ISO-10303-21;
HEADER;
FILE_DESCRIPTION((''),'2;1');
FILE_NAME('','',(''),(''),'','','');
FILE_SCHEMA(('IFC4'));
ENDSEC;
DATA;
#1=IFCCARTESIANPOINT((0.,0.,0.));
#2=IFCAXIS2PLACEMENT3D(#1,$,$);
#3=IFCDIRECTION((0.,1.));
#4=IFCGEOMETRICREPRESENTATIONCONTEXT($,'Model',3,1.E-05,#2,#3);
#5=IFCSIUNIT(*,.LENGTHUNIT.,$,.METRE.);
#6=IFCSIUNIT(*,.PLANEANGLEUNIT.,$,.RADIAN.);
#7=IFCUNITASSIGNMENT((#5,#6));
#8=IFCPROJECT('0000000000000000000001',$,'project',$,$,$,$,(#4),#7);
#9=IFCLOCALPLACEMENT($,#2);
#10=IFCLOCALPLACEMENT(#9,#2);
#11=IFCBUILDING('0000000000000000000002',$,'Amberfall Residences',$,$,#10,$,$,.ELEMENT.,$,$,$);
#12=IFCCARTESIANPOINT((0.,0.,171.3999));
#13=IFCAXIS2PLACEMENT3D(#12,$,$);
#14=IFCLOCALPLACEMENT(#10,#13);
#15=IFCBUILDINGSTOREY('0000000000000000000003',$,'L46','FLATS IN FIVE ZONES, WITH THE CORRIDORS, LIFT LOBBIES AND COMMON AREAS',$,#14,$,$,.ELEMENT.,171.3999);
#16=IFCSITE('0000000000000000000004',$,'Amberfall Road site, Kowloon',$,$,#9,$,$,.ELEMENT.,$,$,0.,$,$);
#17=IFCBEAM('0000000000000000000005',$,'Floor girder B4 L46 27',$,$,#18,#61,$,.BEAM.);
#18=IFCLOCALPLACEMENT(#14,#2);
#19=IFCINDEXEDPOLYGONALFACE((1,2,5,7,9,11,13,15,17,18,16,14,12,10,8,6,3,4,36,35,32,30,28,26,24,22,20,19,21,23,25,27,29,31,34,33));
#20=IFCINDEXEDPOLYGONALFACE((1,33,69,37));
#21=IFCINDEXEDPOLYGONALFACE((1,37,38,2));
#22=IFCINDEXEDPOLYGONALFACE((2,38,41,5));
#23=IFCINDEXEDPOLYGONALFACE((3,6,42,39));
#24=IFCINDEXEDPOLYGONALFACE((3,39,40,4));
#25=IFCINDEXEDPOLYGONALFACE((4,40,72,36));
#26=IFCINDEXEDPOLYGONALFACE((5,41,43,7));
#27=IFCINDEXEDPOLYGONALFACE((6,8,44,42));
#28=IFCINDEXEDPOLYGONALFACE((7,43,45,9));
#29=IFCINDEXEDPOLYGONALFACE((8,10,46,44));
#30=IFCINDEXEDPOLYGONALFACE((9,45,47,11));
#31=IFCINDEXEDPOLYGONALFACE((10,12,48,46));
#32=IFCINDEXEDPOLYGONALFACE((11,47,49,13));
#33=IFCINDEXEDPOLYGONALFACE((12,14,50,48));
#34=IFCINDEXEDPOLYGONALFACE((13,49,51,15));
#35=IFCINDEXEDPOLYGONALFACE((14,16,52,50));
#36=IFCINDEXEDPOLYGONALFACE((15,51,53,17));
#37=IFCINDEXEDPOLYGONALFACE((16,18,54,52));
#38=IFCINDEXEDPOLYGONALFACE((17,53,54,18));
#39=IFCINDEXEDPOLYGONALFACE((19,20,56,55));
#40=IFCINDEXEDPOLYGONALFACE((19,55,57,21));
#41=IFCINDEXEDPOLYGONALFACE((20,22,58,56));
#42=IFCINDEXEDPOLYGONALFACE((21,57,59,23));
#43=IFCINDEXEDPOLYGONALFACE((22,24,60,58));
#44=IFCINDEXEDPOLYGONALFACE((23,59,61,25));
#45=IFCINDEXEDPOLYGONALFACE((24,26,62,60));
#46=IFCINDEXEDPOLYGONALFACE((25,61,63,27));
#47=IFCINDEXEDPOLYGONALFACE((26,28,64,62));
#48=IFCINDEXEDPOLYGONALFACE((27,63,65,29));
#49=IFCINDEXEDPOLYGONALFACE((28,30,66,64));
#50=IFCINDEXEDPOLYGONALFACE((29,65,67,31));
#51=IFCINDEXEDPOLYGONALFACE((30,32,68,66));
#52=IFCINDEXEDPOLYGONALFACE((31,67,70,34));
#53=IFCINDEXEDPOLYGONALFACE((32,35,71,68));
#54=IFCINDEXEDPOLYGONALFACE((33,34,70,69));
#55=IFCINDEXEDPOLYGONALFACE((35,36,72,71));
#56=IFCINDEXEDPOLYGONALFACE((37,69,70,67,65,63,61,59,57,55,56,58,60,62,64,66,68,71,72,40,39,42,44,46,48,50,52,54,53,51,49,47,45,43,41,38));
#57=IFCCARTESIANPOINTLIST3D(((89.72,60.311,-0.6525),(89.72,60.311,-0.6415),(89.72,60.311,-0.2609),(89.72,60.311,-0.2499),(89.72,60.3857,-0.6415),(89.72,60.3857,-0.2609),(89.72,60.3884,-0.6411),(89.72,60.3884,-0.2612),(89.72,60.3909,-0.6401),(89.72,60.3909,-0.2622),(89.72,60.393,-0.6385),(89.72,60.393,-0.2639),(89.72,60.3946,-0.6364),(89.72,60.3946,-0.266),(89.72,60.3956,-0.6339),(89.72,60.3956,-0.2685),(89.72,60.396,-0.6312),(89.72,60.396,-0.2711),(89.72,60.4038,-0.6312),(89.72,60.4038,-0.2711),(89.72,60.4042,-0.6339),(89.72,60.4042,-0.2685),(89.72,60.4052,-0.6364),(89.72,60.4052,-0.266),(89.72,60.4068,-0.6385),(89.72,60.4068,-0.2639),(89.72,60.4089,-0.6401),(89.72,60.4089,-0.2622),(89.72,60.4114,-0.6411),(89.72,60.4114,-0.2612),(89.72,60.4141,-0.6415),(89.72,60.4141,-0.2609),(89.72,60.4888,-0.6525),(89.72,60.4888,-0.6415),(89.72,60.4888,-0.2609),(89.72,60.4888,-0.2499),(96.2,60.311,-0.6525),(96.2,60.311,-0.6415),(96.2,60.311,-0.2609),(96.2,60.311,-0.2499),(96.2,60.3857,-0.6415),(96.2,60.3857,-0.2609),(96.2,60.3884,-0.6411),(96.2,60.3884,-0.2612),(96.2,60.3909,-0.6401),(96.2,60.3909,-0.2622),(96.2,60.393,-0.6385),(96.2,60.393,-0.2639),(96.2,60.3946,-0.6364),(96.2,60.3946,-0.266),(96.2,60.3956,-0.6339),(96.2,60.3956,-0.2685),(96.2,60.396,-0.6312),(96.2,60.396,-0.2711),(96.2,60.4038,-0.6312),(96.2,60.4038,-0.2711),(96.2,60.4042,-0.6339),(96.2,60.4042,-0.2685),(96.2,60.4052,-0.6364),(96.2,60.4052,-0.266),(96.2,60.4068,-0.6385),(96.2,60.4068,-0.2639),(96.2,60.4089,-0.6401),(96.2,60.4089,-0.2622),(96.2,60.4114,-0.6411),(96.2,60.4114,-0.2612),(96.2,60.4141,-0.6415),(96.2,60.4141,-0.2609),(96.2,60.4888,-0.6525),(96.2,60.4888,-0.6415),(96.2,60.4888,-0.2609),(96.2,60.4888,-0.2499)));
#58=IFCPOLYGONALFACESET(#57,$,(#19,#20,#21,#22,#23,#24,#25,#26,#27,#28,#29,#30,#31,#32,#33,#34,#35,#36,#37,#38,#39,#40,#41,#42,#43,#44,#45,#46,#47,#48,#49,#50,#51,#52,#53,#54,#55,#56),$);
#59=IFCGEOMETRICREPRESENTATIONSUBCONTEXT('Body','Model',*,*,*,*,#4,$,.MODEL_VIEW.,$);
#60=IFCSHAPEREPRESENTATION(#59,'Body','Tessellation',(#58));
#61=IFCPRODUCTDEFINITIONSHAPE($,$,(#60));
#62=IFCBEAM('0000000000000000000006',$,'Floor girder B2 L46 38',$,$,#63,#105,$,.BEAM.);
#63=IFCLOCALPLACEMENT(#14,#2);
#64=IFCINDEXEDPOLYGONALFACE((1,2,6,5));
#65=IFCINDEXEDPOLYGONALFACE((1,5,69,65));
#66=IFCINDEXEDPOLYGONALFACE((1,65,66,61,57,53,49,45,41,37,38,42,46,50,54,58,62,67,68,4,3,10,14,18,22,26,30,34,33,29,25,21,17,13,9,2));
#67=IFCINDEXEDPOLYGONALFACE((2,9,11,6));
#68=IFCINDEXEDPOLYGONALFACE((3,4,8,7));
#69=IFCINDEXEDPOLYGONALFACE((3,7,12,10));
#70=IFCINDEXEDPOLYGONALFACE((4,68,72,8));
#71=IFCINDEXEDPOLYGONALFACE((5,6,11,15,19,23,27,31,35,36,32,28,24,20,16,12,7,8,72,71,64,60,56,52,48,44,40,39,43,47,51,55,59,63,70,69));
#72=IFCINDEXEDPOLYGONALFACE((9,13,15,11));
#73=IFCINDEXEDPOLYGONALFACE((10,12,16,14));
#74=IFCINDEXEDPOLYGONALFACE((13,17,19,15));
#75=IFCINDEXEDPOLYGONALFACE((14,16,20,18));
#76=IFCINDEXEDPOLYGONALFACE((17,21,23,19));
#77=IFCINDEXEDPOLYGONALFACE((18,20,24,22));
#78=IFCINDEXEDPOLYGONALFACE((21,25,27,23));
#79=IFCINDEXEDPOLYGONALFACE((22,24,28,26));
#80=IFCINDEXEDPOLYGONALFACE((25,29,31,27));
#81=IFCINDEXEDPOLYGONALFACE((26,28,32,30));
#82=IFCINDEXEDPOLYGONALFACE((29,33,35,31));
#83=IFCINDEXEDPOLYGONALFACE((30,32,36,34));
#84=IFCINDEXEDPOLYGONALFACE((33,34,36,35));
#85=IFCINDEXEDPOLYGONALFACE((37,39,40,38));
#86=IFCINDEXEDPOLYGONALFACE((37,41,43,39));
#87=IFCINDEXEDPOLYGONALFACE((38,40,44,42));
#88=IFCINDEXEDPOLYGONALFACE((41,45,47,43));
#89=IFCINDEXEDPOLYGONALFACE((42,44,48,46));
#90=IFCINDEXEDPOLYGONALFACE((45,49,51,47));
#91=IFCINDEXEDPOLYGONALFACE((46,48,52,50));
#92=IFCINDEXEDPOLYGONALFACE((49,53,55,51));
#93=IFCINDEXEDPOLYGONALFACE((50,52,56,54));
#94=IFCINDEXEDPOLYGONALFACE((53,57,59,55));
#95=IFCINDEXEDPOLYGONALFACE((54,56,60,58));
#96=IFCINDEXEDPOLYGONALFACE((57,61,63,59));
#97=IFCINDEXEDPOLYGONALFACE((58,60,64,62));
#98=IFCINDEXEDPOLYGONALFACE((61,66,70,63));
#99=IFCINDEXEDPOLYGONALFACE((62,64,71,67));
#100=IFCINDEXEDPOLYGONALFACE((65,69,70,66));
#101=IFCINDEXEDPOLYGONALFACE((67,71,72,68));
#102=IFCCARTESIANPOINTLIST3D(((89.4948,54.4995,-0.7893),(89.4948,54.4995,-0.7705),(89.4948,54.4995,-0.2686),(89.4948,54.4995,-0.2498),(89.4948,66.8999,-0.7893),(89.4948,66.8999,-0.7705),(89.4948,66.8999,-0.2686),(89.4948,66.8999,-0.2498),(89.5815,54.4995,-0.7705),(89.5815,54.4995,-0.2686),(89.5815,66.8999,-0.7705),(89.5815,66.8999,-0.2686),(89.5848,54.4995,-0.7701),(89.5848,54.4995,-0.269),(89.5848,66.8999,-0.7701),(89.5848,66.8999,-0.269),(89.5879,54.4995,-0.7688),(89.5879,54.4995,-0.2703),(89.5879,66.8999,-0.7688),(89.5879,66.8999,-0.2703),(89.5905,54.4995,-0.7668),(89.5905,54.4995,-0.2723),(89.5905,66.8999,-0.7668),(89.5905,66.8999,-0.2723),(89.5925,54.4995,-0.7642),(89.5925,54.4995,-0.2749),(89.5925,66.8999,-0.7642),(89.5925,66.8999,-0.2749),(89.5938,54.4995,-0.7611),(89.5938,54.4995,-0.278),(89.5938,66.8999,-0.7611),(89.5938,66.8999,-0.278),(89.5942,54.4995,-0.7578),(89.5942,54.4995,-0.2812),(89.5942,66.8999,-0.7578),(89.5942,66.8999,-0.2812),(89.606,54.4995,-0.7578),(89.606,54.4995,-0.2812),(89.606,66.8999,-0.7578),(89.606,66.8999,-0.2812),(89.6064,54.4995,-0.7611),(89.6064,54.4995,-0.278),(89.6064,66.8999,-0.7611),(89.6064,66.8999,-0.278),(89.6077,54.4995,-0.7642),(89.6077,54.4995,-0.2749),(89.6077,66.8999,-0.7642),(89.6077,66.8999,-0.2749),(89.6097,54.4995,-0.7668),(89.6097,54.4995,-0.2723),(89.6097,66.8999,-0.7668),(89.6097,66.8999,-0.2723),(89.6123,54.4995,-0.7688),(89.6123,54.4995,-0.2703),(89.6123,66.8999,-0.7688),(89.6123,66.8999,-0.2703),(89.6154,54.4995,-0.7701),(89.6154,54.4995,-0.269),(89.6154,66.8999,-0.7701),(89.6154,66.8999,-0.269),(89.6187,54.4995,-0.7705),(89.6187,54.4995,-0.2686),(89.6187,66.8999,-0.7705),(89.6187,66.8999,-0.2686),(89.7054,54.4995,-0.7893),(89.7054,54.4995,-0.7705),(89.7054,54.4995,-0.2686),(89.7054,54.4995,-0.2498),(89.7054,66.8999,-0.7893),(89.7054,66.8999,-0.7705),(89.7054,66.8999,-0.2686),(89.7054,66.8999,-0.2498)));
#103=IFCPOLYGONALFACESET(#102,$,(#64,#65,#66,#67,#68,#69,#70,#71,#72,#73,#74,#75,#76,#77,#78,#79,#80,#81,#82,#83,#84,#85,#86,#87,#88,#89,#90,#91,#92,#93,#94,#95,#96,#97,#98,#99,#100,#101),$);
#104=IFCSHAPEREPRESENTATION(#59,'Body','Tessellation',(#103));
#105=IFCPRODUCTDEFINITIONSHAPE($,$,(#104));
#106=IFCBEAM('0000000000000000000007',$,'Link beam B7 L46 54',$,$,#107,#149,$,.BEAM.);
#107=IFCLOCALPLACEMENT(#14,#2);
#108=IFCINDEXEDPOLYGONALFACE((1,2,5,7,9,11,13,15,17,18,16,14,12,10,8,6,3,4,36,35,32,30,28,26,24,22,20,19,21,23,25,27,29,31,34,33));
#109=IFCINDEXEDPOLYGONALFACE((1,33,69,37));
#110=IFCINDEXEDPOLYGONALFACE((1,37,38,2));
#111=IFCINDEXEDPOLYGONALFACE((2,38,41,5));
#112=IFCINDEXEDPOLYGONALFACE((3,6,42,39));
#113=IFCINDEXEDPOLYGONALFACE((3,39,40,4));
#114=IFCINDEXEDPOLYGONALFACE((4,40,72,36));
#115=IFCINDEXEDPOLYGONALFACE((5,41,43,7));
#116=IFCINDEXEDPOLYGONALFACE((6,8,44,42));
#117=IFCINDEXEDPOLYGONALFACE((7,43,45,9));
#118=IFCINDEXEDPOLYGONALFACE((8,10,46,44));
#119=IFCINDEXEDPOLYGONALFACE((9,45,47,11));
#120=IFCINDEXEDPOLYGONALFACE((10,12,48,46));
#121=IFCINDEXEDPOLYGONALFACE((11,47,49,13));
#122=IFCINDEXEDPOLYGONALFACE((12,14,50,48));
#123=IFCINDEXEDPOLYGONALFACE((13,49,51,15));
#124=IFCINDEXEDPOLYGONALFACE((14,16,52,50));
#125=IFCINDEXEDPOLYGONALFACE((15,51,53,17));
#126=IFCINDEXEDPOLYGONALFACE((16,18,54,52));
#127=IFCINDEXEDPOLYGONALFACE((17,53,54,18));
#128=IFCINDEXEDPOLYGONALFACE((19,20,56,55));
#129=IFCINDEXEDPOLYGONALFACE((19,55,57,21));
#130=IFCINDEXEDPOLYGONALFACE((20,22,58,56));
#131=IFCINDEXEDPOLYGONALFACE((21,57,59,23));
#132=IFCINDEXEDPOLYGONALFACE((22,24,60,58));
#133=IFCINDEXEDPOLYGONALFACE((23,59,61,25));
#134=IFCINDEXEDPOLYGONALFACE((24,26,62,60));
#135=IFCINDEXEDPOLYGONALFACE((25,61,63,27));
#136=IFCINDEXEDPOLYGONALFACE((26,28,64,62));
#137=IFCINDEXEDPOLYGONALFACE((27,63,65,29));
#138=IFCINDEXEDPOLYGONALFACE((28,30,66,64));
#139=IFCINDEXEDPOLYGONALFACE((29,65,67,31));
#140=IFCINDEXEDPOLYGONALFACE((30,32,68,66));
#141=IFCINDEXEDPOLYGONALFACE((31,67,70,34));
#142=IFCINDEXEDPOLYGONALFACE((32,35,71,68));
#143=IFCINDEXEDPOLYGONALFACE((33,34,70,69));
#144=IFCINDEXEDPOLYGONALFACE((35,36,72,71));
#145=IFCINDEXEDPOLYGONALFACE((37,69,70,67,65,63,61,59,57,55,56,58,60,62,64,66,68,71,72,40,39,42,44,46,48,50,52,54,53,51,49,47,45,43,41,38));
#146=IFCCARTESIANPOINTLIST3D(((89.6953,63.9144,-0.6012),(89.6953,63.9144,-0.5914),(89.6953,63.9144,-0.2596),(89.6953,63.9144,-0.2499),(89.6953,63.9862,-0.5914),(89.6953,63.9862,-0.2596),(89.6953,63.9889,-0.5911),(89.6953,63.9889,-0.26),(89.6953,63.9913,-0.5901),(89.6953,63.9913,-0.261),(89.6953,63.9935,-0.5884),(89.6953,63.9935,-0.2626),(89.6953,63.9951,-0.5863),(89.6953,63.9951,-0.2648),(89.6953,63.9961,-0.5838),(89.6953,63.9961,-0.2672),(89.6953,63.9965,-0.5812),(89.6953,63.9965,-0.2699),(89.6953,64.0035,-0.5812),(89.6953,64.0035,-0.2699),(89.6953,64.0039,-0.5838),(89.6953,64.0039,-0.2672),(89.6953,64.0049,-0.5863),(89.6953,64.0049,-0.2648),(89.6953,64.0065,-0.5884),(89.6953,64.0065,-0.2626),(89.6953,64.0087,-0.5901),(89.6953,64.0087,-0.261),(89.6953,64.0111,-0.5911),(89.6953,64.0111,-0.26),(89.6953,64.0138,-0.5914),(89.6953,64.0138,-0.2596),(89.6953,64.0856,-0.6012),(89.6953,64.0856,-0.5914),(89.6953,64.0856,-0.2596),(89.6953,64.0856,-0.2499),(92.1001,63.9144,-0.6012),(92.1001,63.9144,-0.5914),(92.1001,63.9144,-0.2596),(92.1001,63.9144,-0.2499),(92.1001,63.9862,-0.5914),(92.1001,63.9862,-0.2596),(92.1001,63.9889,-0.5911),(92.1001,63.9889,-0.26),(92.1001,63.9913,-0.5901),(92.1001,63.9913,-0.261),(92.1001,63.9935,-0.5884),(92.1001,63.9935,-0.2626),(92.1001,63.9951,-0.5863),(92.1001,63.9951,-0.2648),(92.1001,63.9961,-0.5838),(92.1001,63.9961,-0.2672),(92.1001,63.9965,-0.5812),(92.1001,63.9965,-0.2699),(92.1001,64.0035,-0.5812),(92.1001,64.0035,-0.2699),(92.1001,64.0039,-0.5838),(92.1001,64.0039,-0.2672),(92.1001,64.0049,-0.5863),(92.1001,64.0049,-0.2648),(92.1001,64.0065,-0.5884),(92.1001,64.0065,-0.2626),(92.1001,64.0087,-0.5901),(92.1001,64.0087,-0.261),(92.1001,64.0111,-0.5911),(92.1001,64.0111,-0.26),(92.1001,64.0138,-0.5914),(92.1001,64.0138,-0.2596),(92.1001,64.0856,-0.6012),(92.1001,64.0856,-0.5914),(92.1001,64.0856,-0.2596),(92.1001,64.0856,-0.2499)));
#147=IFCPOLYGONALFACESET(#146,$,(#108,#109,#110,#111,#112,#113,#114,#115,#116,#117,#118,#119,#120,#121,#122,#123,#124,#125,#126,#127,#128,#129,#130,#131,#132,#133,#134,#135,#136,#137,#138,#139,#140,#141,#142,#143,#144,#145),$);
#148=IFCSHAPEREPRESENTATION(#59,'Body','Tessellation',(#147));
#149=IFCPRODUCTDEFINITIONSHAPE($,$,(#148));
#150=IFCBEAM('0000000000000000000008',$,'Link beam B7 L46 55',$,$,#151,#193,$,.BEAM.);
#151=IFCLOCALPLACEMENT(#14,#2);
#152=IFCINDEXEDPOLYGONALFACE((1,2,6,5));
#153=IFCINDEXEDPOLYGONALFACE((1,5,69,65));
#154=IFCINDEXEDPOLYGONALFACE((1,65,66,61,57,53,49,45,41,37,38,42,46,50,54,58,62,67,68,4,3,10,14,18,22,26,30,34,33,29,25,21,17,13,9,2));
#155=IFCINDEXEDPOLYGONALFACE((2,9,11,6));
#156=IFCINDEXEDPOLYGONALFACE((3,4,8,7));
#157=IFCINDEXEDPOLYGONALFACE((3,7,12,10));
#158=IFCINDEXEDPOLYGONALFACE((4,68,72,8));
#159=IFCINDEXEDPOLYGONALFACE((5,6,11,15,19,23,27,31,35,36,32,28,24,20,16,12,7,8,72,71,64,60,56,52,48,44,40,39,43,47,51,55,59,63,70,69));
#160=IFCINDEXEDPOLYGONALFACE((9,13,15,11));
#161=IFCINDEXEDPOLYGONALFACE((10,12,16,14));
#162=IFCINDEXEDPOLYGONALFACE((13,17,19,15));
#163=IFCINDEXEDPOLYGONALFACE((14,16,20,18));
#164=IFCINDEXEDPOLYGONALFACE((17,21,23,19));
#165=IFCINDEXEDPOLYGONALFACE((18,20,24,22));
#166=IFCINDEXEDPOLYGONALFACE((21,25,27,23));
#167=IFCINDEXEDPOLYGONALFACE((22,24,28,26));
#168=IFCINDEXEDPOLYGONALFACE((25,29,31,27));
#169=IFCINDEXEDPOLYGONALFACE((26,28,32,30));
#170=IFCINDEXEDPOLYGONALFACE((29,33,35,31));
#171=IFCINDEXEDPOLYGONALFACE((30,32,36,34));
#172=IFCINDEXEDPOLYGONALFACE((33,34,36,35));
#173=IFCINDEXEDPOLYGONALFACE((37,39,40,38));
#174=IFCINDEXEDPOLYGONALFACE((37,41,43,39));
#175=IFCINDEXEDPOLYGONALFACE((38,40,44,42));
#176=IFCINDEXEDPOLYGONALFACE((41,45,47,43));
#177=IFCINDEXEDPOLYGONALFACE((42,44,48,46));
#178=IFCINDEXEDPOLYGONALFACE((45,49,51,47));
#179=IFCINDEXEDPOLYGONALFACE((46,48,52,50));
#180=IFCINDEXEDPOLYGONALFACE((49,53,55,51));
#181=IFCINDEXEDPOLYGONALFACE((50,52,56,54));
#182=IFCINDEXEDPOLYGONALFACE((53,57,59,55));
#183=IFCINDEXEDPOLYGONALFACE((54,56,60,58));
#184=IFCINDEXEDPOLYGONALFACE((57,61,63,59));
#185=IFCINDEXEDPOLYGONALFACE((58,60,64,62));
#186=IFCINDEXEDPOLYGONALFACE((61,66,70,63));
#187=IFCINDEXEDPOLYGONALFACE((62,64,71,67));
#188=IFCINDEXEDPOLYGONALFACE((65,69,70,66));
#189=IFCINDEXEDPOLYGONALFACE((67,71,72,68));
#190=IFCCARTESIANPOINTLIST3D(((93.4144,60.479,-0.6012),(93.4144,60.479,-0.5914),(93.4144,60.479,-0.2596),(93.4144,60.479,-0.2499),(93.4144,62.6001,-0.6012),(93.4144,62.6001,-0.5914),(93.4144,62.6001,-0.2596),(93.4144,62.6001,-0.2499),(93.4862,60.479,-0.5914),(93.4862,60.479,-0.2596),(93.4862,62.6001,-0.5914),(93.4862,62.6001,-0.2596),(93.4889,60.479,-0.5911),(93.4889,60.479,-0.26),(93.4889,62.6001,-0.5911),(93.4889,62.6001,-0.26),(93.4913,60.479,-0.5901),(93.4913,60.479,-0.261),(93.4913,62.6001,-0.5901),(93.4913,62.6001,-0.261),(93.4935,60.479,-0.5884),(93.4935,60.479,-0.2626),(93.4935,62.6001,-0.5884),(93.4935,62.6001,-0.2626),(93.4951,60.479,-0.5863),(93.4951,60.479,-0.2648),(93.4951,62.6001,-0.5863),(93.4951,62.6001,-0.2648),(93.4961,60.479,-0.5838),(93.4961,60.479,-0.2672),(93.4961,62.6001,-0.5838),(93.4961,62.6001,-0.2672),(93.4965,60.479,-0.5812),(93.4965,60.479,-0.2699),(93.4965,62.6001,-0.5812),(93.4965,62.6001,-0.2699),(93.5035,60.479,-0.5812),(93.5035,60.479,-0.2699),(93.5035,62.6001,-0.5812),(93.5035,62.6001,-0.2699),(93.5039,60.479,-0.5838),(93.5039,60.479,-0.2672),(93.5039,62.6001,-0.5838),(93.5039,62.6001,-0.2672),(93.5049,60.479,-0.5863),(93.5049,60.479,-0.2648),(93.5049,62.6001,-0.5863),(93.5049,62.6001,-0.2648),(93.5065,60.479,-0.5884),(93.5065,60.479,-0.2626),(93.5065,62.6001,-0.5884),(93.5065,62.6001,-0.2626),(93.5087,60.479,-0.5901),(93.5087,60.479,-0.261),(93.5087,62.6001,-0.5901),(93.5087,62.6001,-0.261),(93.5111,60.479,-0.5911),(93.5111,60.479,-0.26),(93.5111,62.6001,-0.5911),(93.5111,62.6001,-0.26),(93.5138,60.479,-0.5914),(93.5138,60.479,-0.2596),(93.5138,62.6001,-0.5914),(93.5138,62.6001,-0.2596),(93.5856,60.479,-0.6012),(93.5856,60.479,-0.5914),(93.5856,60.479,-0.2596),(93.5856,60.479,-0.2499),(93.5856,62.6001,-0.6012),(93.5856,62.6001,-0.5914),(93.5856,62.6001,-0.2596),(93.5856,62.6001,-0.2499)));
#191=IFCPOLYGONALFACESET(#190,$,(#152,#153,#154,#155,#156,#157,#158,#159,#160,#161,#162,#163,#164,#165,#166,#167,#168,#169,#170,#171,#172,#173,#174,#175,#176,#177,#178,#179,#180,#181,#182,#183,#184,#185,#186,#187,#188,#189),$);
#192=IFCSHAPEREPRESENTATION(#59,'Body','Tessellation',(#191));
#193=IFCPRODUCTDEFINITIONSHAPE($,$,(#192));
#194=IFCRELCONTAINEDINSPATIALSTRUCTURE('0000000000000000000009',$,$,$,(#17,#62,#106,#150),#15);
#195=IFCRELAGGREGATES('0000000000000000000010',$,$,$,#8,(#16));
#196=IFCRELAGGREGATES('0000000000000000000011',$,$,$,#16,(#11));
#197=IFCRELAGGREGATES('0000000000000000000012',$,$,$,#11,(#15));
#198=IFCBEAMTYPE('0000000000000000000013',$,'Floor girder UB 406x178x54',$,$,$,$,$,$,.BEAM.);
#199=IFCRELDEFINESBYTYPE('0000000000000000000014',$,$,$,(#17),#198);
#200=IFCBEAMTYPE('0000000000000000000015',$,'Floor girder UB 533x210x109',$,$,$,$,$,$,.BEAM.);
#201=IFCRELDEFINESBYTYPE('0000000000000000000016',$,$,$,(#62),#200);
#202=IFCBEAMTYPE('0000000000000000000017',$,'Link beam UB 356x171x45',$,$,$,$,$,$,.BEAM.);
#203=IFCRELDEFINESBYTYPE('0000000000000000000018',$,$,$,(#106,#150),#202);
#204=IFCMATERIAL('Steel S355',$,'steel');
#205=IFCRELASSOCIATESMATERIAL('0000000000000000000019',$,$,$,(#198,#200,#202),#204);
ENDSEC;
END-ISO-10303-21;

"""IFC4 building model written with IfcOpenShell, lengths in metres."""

from ifc_helpers import new_model, si_unit, direction, frame, origin, origin_2d, place, context, subcontext, project, spatial, i_section, extrude, material, material_profile, profile_set, type_object, element, save


model = new_model("IFC4")

# Units and contexts
model_context = context("Model", 3, precision=1e-05, world=origin(), true_north=direction((0.0, 1.0)))
body_context = subcontext(model_context, "Body", "Model", "MODEL_VIEW")
ifc_project = project(units=[si_unit("LENGTHUNIT", "METRE"), si_unit("PLANEANGLEUNIT", "RADIAN")], contexts=[model_context])

# Site, building, storey
site_placement = place(None, origin())
site = spatial("IfcSite", under=ifc_project, at=site_placement, Name="Amberfall Road site, Kowloon", CompositionType="ELEMENT", RefElevation=0.0)
building_placement = place(site_placement, origin())
building = spatial("IfcBuilding", under=site, at=building_placement, Name="Amberfall Residences", CompositionType="ELEMENT")
storey_placement = place(building_placement, frame((0.0, 0.0, 171.3999)))
storey = spatial("IfcBuildingStorey", under=building, at=storey_placement, Name="L46", Description="FLATS IN FIVE ZONES, WITH THE CORRIDORS, LIFT LOBBIES AND COMMON AREAS", CompositionType="ELEMENT", Elevation=171.3999)

# Shared definitions
ifc_material_1 = material(Name="Steel S355", Category="steel")

# Beams
ifc_material_profile_1 = material_profile(ifc_material_1, i_section(OverallWidth=0.1777, OverallDepth=0.4026, WebThickness=0.0078, FlangeThickness=0.011, FilletRadius=0.0103, at=origin_2d()), Name="UB 406x178x54")
ifc_profile_set_1 = profile_set([ifc_material_profile_1], Name="Steel S355")
beam_type_1 = type_object("IfcBeamType", Name="Floor girder UB 406x178x54", PredefinedType="BEAM", material=ifc_profile_set_1)
beam_1_placement = place(storey_placement, frame((96.2, 60.3999, -0.4512), z_axis=(-1.0, 0.0, 0.0), x_axis=(0.0, -1.0, 0.0)))
element("IfcBeam", 1, at=beam_1_placement, inside=storey, type_object=beam_type_1, Name="Floor girder B4 L46 27", PredefinedType="BEAM", context=body_context, shape_type="SweptSolid", body=[
    extrude(i_section(OverallWidth=0.1777, OverallDepth=0.4026, WebThickness=0.0078, FlangeThickness=0.011, FilletRadius=0.0103, at=origin_2d()), origin(), (0.0, 0.0, 1.0), 6.48),
])
ifc_material_profile_2 = material_profile(ifc_material_1, i_section(OverallWidth=0.2107, OverallDepth=0.5396, WebThickness=0.0117, FlangeThickness=0.0188, FilletRadius=0.0127, at=origin_2d()), Name="UB 533x210x109")
ifc_profile_set_2 = profile_set([ifc_material_profile_2], Name="Steel S355")
beam_type_2 = type_object("IfcBeamType", Name="Floor girder UB 533x210x109", PredefinedType="BEAM", material=ifc_profile_set_2)
beam_2_placement = place(storey_placement, frame((89.6001, 66.8999, -0.5195), z_axis=(0.0, -1.0, 0.0), x_axis=(1.0, 0.0, 0.0)))
element("IfcBeam", 2, at=beam_2_placement, inside=storey, type_object=beam_type_2, Name="Floor girder B2 L46 38", PredefinedType="BEAM", context=body_context, shape_type="SweptSolid", body=[
    extrude(i_section(OverallWidth=0.2107, OverallDepth=0.5396, WebThickness=0.0117, FlangeThickness=0.0188, FilletRadius=0.0127, at=origin_2d()), origin(), (0.0, 0.0, 1.0), 12.4004),
])
ifc_material_profile_3 = material_profile(ifc_material_1, i_section(OverallWidth=0.1711, OverallDepth=0.3513, WebThickness=0.0071, FlangeThickness=0.0098, FilletRadius=0.0103, at=origin_2d()), Name="UB 356x171x45")
ifc_profile_set_3 = profile_set([ifc_material_profile_3], Name="Steel S355")
beam_type_3 = type_object("IfcBeamType", Name="Link beam UB 356x171x45", PredefinedType="BEAM", material=ifc_profile_set_3)
beam_3_placement = place(storey_placement, frame((92.1001, 64.0, -0.4255), z_axis=(-1.0, 0.0, 0.0), x_axis=(0.0, -1.0, 0.0)))
element("IfcBeam", 3, at=beam_3_placement, inside=storey, type_object=beam_type_3, Name="Link beam B7 L46 54", PredefinedType="BEAM", context=body_context, shape_type="SweptSolid", body=[
    extrude(i_section(OverallWidth=0.1711, OverallDepth=0.3513, WebThickness=0.0071, FlangeThickness=0.0098, FilletRadius=0.0103, at=origin_2d()), origin(), (0.0, 0.0, 1.0), 2.4048),
])
beam_4_placement = place(storey_placement, frame((93.5, 62.6001, -0.4255), z_axis=(0.0, -1.0, 0.0), x_axis=(1.0, 0.0, 0.0)))
element("IfcBeam", 4, at=beam_4_placement, inside=storey, type_object=beam_type_3, Name="Link beam B7 L46 55", PredefinedType="BEAM", context=body_context, shape_type="SweptSolid", body=[
    extrude(i_section(OverallWidth=0.1711, OverallDepth=0.3513, WebThickness=0.0071, FlangeThickness=0.0098, FilletRadius=0.0103, at=origin_2d()), origin(), (0.0, 0.0, 1.0), 2.1211),
])

save(model, "model.ifc")
